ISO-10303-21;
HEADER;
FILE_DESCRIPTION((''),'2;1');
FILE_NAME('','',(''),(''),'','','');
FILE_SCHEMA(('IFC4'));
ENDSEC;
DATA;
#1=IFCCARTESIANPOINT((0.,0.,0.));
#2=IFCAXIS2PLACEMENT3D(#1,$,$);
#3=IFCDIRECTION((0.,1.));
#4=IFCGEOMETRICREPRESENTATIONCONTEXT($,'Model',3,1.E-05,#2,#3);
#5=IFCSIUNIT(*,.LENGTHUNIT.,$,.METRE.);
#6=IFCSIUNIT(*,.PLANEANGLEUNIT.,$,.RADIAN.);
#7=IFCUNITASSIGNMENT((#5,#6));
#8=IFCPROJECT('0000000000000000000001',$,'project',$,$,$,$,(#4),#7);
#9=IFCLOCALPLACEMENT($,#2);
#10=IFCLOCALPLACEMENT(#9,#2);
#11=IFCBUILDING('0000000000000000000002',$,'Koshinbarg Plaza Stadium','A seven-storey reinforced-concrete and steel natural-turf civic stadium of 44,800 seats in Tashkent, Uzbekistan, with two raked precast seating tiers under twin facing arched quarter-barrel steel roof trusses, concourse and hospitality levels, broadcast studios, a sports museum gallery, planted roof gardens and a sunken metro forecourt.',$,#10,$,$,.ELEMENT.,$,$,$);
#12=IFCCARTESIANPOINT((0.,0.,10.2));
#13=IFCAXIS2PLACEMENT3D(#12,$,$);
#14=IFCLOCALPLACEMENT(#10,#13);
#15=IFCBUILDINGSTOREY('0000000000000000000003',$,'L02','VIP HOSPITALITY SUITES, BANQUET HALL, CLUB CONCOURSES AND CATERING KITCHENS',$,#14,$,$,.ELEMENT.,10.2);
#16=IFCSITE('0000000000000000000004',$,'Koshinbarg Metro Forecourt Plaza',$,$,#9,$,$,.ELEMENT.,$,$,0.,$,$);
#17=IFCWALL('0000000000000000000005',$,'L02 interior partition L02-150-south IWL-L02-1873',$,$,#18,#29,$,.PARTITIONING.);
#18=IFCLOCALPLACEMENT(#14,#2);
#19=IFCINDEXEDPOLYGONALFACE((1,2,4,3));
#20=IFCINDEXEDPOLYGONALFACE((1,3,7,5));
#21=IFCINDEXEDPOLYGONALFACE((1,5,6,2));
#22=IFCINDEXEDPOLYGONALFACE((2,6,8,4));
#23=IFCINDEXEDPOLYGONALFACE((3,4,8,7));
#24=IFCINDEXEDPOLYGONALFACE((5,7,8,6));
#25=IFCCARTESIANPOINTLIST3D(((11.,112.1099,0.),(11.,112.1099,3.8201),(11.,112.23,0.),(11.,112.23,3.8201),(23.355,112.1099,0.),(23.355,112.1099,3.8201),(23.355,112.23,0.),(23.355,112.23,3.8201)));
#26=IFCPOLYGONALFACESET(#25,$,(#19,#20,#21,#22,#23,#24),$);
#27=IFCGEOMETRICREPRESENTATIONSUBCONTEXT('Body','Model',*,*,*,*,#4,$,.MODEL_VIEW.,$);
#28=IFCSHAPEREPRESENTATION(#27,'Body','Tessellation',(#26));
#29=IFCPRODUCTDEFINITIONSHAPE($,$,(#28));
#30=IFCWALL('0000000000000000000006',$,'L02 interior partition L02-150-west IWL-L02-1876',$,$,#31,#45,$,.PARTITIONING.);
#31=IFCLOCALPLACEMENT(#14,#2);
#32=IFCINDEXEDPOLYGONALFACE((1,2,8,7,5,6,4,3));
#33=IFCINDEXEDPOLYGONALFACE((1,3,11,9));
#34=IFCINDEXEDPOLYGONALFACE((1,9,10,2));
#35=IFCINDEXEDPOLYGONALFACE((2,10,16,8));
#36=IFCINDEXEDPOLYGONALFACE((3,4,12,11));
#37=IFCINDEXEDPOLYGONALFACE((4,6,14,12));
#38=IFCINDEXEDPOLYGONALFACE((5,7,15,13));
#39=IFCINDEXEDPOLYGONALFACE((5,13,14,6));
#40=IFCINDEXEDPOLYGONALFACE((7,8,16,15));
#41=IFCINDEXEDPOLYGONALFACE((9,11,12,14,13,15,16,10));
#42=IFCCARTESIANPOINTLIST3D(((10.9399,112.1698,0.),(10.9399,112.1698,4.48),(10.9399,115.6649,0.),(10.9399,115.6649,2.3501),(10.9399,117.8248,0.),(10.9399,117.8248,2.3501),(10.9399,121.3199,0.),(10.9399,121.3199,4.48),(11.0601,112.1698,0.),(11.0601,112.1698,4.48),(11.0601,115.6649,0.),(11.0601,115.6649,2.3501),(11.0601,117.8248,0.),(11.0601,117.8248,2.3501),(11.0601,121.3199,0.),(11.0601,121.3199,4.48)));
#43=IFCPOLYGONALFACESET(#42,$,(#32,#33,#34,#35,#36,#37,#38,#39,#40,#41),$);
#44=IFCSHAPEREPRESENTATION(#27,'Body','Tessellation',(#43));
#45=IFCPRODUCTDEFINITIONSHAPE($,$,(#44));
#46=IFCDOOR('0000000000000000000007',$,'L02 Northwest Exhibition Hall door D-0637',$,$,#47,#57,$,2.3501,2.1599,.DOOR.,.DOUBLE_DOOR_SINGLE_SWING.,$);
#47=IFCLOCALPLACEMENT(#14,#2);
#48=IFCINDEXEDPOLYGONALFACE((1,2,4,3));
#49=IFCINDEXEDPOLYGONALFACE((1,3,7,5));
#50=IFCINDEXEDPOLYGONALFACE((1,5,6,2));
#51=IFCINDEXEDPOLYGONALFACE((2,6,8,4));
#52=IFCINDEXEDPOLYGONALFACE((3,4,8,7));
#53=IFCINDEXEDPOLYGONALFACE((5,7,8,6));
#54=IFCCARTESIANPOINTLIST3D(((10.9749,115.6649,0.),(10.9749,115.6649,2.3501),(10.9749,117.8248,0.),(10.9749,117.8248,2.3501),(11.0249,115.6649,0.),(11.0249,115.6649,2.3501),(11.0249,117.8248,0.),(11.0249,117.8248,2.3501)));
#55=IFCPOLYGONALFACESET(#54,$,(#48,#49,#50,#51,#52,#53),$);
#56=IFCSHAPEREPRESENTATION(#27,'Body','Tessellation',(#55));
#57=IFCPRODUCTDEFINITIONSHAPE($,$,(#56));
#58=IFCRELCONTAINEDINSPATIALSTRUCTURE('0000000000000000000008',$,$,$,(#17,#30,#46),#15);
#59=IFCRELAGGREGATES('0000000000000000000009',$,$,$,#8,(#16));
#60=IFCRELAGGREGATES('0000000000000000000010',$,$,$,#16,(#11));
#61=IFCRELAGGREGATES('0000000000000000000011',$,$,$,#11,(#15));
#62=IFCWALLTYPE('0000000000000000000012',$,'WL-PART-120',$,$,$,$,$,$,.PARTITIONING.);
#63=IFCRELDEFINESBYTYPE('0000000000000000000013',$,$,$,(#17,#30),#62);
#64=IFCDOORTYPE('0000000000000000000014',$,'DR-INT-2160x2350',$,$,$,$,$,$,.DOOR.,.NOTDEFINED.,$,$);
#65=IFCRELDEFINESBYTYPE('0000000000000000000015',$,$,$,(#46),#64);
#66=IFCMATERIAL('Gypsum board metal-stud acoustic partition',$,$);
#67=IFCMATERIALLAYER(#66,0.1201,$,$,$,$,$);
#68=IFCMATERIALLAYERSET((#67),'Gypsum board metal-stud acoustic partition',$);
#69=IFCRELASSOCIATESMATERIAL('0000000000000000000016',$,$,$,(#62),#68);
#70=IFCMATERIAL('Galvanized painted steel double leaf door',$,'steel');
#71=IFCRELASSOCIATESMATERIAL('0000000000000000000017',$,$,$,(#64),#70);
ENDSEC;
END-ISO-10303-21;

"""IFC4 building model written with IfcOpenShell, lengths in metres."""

from ifc_helpers import new_model, si_unit, direction, frame, frame_2d, origin, place, context, subcontext, project, spatial, rectangle, extrude, material, layer, layer_set, type_object, element, fill, save


model = new_model("IFC4")

# Units and contexts
model_context = context("Model", 3, precision=1e-05, world=origin(), true_north=direction((0.0, 1.0)))
body_context = subcontext(model_context, "Body", "Model", "MODEL_VIEW")
ifc_project = project(units=[si_unit("LENGTHUNIT", "METRE"), si_unit("PLANEANGLEUNIT", "RADIAN")], contexts=[model_context])

# Site, building, storey
site_placement = place(None, origin())
site = spatial("IfcSite", under=ifc_project, at=site_placement, Name="Koshinbarg Metro Forecourt Plaza", CompositionType="ELEMENT", RefElevation=0.0)
building_placement = place(site_placement, origin())
building = spatial("IfcBuilding", under=site, at=building_placement, Name="Koshinbarg Plaza Stadium", Description="A seven-storey reinforced-concrete and steel natural-turf civic stadium of 44,800 seats in Tashkent, Uzbekistan, with two raked precast seating tiers under twin facing arched quarter-barrel steel roof trusses, concourse and hospitality levels, broadcast studios, a sports museum gallery, planted roof gardens and a sunken metro forecourt.", CompositionType="ELEMENT")
storey_placement = place(building_placement, frame((0.0, 0.0, 10.2)))
storey = spatial("IfcBuildingStorey", under=building, at=storey_placement, Name="L02", Description="VIP HOSPITALITY SUITES, BANQUET HALL, CLUB CONCOURSES AND CATERING KITCHENS", CompositionType="ELEMENT", Elevation=10.2)

# Shared definitions
ifc_material_1 = material(Name="Gypsum board metal-stud acoustic partition")
ifc_layer_1 = layer(ifc_material_1, 0.1201)
ifc_layer_set_1 = layer_set([ifc_layer_1], Name="Gypsum board metal-stud acoustic partition")
wall_type_1 = type_object("IfcWallType", Name="WL-PART-120", PredefinedType="PARTITIONING", material=ifc_layer_set_1)

# Wall
wall_1_placement = place(storey_placement, frame((11.0, 112.1699, 0.0), z_axis=(0.0, 0.0, 1.0), x_axis=(1.0, 0.0, 0.0)))
element("IfcWall", 1, at=wall_1_placement, inside=storey, type_object=wall_type_1, Name="L02 interior partition L02-150-south IWL-L02-1873", PredefinedType="PARTITIONING", context=body_context, shape_type="SweptSolid", body=[
    extrude(rectangle(XDim=12.355, YDim=0.1201, at=frame_2d((6.1775, 0.0))), origin(), (0.0, 0.0, 1.0), 3.8201),
])

# Wall, opening, door
wall_2_placement = place(storey_placement, frame((11.0, 121.3201, 0.0), z_axis=(0.0, 0.0, 1.0), x_axis=(0.0, -1.0, 0.0)))
wall_2 = element("IfcWall", 2, at=wall_2_placement, inside=storey, type_object=wall_type_1, Name="L02 interior partition L02-150-west IWL-L02-1876", PredefinedType="PARTITIONING", context=body_context, shape_type="SweptSolid", body=[
    extrude(rectangle(XDim=9.1501, YDim=0.1201, at=frame_2d((4.5752, 0.0))), origin(), (0.0, 0.0, 1.0), 4.48),
])
opening_1_placement = place(wall_2_placement, frame((3.4951, 0.0, 0.0)))
opening_1 = element("IfcOpeningElement", 3, at=opening_1_placement, cuts=wall_2, PredefinedType="OPENING", context=body_context, shape_type="SweptSolid", body=[
    extrude(rectangle(XDim=2.1599, YDim=2.3501, at=frame_2d((1.0801, 1.175))), frame((0.0, 0.0701, 0.0), z_axis=(0.0, -1.0, 0.0), x_axis=(1.0, 0.0, 0.0)), (0.0, 0.0, 1.0), 0.1401),
])
ifc_material_2 = material(Name="Galvanized painted steel double leaf door", Category="steel")
door_type_1 = type_object("IfcDoorType", Name="DR-INT-2160x2350", OperationType="NOTDEFINED", PredefinedType="DOOR", material=ifc_material_2)
door_1_placement = place(opening_1_placement, origin())
door_1 = element("IfcDoor", 4, at=door_1_placement, inside=storey, type_object=door_type_1, Name="L02 Northwest Exhibition Hall door D-0637", OperationType="DOUBLE_DOOR_SINGLE_SWING", OverallHeight=2.3501, OverallWidth=2.1599, PredefinedType="DOOR", context=body_context, shape_type="SweptSolid", body=[
    extrude(rectangle(XDim=2.1599, YDim=2.3501, at=frame_2d((1.0801, 1.175))), frame((0.0, 0.0249, 0.0), z_axis=(0.0, -1.0, 0.0), x_axis=(1.0, 0.0, 0.0)), (0.0, 0.0, 1.0), 0.05),
])
fill(opening_1, door_1)

save(model, "model.ifc")
